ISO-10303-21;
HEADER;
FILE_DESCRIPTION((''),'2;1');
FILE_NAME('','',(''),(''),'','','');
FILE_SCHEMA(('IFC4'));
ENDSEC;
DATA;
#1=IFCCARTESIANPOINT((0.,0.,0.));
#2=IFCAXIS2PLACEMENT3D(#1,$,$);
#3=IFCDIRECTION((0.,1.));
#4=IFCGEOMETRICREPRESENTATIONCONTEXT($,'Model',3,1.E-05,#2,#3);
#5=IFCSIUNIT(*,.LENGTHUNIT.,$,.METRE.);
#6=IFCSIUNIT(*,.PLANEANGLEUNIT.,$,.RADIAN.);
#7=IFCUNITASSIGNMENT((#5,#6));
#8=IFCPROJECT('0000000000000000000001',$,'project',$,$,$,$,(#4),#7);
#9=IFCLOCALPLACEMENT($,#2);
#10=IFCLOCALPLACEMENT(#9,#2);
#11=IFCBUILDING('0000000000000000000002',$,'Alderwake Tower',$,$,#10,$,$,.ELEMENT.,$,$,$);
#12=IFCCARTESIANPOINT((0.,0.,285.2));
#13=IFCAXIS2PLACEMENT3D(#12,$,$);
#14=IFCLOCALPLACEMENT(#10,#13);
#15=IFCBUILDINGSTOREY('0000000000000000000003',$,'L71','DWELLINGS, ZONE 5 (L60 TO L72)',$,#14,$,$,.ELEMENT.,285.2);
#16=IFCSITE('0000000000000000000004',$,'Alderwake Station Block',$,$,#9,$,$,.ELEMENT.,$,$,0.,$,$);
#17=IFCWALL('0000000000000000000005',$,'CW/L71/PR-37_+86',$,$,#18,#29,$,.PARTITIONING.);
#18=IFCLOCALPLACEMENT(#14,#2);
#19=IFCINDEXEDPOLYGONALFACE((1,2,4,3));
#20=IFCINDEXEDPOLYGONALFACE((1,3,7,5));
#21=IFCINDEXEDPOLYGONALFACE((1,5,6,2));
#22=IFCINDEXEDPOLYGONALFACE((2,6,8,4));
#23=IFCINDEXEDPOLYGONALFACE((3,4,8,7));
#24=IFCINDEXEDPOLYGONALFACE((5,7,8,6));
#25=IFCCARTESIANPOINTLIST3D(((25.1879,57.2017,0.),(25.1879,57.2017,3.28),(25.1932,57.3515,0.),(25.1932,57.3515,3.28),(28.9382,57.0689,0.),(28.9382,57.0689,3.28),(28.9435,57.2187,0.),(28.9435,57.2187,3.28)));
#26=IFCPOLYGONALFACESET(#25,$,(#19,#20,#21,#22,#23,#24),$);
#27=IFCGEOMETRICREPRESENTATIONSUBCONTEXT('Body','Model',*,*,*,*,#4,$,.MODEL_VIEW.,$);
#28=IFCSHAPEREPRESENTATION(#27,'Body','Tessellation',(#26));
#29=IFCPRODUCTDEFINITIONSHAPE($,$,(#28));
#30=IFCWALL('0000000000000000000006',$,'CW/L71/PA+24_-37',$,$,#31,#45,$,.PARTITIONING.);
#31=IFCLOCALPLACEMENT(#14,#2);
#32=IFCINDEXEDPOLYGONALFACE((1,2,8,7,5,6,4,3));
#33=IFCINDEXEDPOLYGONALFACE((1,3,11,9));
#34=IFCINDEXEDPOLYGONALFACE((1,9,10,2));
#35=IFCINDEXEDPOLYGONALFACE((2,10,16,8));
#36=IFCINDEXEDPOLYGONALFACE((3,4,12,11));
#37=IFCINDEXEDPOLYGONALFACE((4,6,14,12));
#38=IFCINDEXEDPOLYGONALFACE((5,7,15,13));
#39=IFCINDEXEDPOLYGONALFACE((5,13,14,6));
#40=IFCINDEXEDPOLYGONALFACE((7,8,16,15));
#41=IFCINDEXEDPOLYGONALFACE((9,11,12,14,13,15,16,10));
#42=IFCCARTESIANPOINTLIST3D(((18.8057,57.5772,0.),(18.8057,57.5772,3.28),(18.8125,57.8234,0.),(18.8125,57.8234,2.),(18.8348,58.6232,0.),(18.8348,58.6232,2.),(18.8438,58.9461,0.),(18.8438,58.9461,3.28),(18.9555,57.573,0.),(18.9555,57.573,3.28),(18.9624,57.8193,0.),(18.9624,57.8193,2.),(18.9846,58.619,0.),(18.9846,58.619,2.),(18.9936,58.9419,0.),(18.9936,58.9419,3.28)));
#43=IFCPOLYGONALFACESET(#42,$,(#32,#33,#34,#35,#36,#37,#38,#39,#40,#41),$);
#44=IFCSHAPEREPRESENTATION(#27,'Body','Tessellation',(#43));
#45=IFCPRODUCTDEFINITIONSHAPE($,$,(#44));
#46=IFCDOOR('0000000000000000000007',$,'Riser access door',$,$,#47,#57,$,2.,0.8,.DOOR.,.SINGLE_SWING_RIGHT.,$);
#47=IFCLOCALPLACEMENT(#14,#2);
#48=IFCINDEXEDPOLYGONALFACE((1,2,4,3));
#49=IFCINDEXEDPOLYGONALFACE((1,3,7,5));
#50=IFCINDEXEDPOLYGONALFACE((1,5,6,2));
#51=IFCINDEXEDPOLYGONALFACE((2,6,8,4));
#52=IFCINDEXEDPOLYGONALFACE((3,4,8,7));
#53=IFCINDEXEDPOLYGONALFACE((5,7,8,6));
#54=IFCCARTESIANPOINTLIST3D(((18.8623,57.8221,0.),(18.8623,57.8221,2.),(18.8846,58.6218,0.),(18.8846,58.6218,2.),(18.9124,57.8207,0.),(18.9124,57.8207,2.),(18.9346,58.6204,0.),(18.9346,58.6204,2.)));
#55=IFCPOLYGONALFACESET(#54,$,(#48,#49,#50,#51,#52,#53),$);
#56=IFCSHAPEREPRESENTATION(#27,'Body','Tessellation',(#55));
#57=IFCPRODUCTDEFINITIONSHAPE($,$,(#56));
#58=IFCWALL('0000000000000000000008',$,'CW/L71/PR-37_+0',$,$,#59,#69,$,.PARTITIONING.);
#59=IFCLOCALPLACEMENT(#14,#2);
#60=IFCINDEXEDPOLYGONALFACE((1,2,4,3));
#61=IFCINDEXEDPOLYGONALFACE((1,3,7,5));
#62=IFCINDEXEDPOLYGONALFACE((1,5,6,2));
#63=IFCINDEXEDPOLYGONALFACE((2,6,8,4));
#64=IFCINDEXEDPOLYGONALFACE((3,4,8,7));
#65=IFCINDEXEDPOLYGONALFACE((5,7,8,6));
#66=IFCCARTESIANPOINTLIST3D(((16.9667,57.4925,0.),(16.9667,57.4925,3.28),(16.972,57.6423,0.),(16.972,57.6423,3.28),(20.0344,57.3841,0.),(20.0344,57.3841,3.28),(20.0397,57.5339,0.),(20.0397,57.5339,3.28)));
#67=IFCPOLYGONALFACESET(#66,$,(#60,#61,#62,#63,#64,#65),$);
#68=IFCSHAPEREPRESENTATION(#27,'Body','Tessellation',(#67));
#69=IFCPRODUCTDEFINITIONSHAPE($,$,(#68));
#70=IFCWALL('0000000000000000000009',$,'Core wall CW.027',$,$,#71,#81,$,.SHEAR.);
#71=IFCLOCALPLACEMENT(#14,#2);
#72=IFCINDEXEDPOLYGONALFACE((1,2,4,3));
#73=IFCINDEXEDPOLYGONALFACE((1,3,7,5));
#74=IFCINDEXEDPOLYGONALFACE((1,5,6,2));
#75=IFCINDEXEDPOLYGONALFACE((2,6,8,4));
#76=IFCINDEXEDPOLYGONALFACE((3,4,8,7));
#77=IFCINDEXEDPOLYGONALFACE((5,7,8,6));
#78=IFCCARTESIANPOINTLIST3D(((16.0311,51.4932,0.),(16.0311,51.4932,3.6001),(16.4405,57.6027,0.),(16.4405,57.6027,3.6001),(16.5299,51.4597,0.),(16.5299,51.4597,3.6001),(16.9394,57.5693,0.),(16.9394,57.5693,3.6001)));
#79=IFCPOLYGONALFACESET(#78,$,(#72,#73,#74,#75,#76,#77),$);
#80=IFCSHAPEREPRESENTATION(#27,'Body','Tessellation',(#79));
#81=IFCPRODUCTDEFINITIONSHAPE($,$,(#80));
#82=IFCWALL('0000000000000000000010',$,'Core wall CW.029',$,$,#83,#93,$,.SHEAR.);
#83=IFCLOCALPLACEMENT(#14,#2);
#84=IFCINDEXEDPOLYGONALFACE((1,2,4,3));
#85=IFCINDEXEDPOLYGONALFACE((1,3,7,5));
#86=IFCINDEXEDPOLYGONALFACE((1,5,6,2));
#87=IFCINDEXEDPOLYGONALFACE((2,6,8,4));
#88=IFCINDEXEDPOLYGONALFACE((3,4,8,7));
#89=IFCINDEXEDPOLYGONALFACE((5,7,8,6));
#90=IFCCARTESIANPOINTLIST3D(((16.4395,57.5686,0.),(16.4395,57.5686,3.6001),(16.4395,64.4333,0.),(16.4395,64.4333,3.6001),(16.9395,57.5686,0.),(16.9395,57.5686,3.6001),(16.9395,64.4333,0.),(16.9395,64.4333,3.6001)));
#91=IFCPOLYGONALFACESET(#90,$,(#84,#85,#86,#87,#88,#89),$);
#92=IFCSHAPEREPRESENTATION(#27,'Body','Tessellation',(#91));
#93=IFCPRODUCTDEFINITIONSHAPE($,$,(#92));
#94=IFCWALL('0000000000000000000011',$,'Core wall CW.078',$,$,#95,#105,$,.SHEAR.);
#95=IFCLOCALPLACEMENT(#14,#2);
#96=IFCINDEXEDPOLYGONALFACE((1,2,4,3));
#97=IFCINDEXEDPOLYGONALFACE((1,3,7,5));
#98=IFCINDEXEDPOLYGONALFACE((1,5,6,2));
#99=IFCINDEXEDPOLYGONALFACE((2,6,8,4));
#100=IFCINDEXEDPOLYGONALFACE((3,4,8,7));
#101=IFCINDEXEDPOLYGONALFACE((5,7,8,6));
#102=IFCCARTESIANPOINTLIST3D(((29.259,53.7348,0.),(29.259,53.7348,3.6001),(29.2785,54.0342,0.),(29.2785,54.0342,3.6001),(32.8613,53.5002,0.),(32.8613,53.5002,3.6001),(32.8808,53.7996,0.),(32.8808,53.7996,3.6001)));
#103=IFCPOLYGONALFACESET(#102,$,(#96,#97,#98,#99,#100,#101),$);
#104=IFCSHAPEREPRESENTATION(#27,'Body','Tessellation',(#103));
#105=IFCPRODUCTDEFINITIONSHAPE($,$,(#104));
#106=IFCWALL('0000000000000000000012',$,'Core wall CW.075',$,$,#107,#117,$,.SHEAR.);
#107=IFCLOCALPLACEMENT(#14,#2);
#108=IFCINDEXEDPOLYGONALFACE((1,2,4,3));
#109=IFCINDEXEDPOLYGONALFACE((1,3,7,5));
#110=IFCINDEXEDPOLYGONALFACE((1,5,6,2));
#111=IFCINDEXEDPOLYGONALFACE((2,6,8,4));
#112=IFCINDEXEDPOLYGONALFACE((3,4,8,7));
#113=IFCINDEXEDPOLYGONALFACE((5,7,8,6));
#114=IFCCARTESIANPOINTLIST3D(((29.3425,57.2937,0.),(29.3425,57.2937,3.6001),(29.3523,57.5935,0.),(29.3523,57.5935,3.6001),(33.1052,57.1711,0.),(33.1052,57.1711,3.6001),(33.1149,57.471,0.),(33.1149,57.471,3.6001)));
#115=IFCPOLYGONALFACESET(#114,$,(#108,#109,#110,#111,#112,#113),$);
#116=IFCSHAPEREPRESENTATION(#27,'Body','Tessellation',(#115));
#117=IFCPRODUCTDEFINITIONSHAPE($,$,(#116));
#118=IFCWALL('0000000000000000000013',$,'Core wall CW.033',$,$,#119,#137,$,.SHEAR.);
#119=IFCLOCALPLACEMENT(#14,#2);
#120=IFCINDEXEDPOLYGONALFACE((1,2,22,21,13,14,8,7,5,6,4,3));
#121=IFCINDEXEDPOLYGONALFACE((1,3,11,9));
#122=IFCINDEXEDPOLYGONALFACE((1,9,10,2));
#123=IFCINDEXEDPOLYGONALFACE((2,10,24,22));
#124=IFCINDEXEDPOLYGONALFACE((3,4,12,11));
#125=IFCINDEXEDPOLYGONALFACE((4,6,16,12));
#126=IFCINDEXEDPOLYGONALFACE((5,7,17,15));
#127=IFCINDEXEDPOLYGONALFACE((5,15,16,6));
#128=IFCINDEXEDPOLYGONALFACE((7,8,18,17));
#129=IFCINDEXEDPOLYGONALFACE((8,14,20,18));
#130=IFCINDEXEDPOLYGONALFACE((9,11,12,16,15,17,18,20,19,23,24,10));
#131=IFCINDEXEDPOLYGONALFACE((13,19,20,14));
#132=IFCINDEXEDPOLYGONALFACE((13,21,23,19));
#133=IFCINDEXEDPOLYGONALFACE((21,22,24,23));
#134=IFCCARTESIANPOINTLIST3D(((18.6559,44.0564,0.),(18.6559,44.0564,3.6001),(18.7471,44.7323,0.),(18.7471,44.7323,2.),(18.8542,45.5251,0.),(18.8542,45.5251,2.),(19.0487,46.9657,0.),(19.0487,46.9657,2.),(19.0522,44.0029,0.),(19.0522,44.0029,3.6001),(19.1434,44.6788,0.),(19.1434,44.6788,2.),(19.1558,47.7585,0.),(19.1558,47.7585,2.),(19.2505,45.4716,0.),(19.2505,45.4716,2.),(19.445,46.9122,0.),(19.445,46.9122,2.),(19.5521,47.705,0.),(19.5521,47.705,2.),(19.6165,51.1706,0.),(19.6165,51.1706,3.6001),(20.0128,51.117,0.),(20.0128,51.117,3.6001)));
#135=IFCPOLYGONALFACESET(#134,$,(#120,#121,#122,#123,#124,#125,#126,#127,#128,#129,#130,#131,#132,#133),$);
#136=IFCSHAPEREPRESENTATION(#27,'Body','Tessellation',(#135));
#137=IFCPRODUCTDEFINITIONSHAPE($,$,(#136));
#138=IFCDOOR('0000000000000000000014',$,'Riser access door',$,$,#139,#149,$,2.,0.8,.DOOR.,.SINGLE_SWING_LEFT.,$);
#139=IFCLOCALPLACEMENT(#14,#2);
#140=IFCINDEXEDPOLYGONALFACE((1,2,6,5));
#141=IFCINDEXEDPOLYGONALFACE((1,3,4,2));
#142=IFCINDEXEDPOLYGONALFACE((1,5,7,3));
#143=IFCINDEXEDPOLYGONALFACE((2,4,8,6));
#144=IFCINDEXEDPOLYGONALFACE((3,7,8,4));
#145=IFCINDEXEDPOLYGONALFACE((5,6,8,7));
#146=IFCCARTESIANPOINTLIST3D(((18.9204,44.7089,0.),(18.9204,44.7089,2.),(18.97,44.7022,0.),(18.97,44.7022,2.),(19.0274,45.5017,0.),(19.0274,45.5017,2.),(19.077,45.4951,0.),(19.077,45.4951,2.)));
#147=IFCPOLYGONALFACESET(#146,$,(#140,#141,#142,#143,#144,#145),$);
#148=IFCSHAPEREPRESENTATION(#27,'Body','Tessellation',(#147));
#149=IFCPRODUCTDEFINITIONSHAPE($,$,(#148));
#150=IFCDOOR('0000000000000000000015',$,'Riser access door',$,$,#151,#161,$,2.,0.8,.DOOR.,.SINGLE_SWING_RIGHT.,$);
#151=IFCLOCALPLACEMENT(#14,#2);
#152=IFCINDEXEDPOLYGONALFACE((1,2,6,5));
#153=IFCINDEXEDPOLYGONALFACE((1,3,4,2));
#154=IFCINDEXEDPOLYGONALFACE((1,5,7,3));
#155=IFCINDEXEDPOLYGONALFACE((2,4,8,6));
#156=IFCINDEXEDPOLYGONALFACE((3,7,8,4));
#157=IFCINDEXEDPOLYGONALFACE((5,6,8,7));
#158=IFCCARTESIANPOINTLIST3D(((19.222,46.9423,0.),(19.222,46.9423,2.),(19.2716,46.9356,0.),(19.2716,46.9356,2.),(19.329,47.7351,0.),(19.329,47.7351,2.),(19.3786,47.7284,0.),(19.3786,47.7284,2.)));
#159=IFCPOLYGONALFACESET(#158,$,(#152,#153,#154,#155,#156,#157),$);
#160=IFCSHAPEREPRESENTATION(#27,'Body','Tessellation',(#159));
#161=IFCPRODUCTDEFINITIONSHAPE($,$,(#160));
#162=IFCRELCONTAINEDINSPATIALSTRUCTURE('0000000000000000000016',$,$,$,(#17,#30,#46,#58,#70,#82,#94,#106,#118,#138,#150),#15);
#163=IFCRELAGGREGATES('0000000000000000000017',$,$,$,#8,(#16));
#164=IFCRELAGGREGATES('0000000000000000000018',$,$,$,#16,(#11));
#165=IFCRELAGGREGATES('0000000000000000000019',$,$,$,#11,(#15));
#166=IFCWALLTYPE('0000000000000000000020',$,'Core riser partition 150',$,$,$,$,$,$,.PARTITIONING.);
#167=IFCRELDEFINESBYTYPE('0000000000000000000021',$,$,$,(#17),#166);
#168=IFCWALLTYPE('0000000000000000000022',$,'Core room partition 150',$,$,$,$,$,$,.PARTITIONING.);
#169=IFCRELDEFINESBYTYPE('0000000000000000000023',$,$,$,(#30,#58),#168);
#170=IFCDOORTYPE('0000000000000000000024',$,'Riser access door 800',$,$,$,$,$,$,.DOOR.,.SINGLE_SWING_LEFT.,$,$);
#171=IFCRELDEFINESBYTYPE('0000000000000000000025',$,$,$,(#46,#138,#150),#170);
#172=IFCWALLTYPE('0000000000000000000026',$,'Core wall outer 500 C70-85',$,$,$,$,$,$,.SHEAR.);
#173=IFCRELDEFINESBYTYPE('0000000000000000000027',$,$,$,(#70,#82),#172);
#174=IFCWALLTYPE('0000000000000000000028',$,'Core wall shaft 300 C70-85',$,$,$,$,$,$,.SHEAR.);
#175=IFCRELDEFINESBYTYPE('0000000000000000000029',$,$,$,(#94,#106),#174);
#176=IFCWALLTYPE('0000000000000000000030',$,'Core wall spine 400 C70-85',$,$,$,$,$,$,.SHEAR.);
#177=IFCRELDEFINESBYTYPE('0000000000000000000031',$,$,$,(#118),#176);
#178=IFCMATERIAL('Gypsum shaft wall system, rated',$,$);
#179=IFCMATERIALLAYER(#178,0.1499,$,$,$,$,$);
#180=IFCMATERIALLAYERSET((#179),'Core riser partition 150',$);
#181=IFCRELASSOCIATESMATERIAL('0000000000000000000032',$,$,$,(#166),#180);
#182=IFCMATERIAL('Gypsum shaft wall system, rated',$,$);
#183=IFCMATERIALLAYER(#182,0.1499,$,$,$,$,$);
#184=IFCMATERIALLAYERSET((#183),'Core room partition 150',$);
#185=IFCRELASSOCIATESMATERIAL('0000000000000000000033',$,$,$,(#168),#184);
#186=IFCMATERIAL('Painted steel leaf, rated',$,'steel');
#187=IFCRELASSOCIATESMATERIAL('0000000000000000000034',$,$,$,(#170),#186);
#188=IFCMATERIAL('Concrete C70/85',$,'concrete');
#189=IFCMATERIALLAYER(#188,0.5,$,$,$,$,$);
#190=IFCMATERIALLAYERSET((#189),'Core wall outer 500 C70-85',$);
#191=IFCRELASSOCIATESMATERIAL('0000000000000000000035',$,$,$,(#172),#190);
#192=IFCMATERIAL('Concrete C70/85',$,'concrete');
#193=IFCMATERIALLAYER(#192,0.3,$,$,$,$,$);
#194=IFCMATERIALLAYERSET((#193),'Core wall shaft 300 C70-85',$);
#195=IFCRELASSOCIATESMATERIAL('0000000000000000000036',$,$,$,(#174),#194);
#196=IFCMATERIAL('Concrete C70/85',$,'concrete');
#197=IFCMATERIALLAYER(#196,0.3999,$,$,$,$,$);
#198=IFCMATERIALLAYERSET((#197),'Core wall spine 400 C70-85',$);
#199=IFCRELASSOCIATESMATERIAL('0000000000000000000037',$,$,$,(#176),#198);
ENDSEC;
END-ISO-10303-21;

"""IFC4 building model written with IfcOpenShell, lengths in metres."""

from ifc_helpers import new_model, si_unit, direction, frame, frame_2d, origin, place, context, subcontext, project, spatial, rectangle, extrude, material, layer, layer_set, type_object, element, fill, save


model = new_model("IFC4")

# Units and contexts
model_context = context("Model", 3, precision=1e-05, world=origin(), true_north=direction((0.0, 1.0)))
body_context = subcontext(model_context, "Body", "Model", "MODEL_VIEW")
ifc_project = project(units=[si_unit("LENGTHUNIT", "METRE"), si_unit("PLANEANGLEUNIT", "RADIAN")], contexts=[model_context])

# Site, building, storey
site_placement = place(None, origin())
site = spatial("IfcSite", under=ifc_project, at=site_placement, Name="Alderwake Station Block", CompositionType="ELEMENT", RefElevation=0.0)
building_placement = place(site_placement, origin())
building = spatial("IfcBuilding", under=site, at=building_placement, Name="Alderwake Tower", CompositionType="ELEMENT")
storey_placement = place(building_placement, frame((0.0, 0.0, 285.2)))
storey = spatial("IfcBuildingStorey", under=building, at=storey_placement, Name="L71", Description="DWELLINGS, ZONE 5 (L60 TO L72)", CompositionType="ELEMENT", Elevation=285.2)

# Wall
ifc_material_1 = material(Name="Gypsum shaft wall system, rated")
ifc_layer_1 = layer(ifc_material_1, 0.1499)
ifc_layer_set_1 = layer_set([ifc_layer_1], Name="Core riser partition 150")
wall_type_1 = type_object("IfcWallType", Name="Core riser partition 150", PredefinedType="PARTITIONING", material=ifc_layer_set_1)
wall_1_placement = place(storey_placement, frame((25.1904, 57.2766, 0.0), z_axis=(0.0, 0.0, 1.0), x_axis=(0.999374, -0.035392, 0.0)))
element("IfcWall", 1, at=wall_1_placement, inside=storey, type_object=wall_type_1, Name="CW/L71/PR-37_+86", PredefinedType="PARTITIONING", context=body_context, shape_type="SweptSolid", body=[
    extrude(rectangle(XDim=3.7527, YDim=0.1499, at=frame_2d((1.8765, 0.0))), origin(), (0.0, 0.0, 1.0), 3.28),
])

# Wall, opening, door
ifc_material_2 = material(Name="Gypsum shaft wall system, rated")
ifc_layer_2 = layer(ifc_material_2, 0.1499)
ifc_layer_set_2 = layer_set([ifc_layer_2], Name="Core room partition 150")
wall_type_2 = type_object("IfcWallType", Name="Core room partition 150", PredefinedType="PARTITIONING", material=ifc_layer_set_2)
wall_2_placement = place(storey_placement, frame((18.9187, 58.9438, 0.0), z_axis=(0.0, 0.0, 1.0), x_axis=(-0.027812, -0.999613, 0.0)))
wall_2 = element("IfcWall", 2, at=wall_2_placement, inside=storey, type_object=wall_type_2, Name="CW/L71/PA+24_-37", PredefinedType="PARTITIONING", context=body_context, shape_type="SweptSolid", body=[
    extrude(rectangle(XDim=1.3694, YDim=0.1499, at=frame_2d((0.6846, 0.0))), origin(), (0.0, 0.0, 1.0), 3.28),
])
opening_1_placement = place(wall_2_placement, frame((0.323, 0.0, 0.0)))
opening_1 = element("IfcOpeningElement", 3, at=opening_1_placement, cuts=wall_2, PredefinedType="OPENING", context=body_context, shape_type="SweptSolid", body=[
    extrude(rectangle(XDim=0.8, YDim=2.0, at=frame_2d((0.3999, 1.0))), frame((0.0, 0.085, 0.0), z_axis=(0.0, -1.0, 0.0), x_axis=(1.0, 0.0, 0.0)), (0.0, 0.0, 1.0), 0.1699),
])
ifc_material_3 = material(Name="Painted steel leaf, rated", Category="steel")
door_type_1 = type_object("IfcDoorType", Name="Riser access door 800", OperationType="SINGLE_SWING_LEFT", PredefinedType="DOOR", material=ifc_material_3)
door_1_placement = place(opening_1_placement, origin())
door_1 = element("IfcDoor", 4, at=door_1_placement, inside=storey, type_object=door_type_1, Name="Riser access door", OperationType="SINGLE_SWING_RIGHT", OverallHeight=2.0, OverallWidth=0.8, PredefinedType="DOOR", context=body_context, shape_type="SweptSolid", body=[
    extrude(rectangle(XDim=0.8, YDim=2.0, at=frame_2d((0.3999, 1.0))), frame((0.0, 0.0249, 0.0), z_axis=(0.0, -1.0, 0.0), x_axis=(1.0, 0.0, 0.0)), (0.0, 0.0, 1.0), 0.05),
])
fill(opening_1, door_1)

# Walls
wall_3_placement = place(storey_placement, frame((16.9695, 57.5674, 0.0), z_axis=(0.0, 0.0, 1.0), x_axis=(0.999376, -0.035314, 0.0)))
element("IfcWall", 5, at=wall_3_placement, inside=storey, type_object=wall_type_2, Name="CW/L71/PR-37_+0", PredefinedType="PARTITIONING", context=body_context, shape_type="SweptSolid", body=[
    extrude(rectangle(XDim=3.0696, YDim=0.1499, at=frame_2d((1.5347, 0.0))), origin(), (0.0, 0.0, 1.0), 3.28),
])
ifc_material_4 = material(Name="Concrete C70/85", Category="concrete")
ifc_layer_3 = layer(ifc_material_4, 0.5)
ifc_layer_set_3 = layer_set([ifc_layer_3], Name="Core wall outer 500 C70-85")
wall_type_3 = type_object("IfcWallType", Name="Core wall outer 500 C70-85", PredefinedType="SHEAR", material=ifc_layer_set_3)
wall_4_placement = place(storey_placement, frame((16.2805, 51.4766, 0.0), z_axis=(0.0, 0.0, 1.0), x_axis=(0.066863, 0.997762, 0.0)))
element("IfcWall", 6, at=wall_4_placement, inside=storey, type_object=wall_type_3, Name="Core wall CW.027", PredefinedType="SHEAR", context=body_context, shape_type="SweptSolid", body=[
    extrude(rectangle(XDim=6.1233, YDim=0.5, at=frame_2d((3.0615, 0.0))), origin(), (0.0, 0.0, 1.0), 3.6001),
])
wall_5_placement = place(storey_placement, frame((16.6895, 57.5686, 0.0), z_axis=(0.0, 0.0, 1.0), x_axis=(0.0, 1.0, 0.0)))
element("IfcWall", 7, at=wall_5_placement, inside=storey, type_object=wall_type_3, Name="Core wall CW.029", PredefinedType="SHEAR", context=body_context, shape_type="SweptSolid", body=[
    extrude(rectangle(XDim=6.8647, YDim=0.5, at=frame_2d((3.4324, 0.0))), origin(), (0.0, 0.0, 1.0), 3.6001),
])
ifc_material_5 = material(Name="Concrete C70/85", Category="concrete")
ifc_layer_4 = layer(ifc_material_5, 0.3)
ifc_layer_set_4 = layer_set([ifc_layer_4], Name="Core wall shaft 300 C70-85")
wall_type_4 = type_object("IfcWallType", Name="Core wall shaft 300 C70-85", PredefinedType="SHEAR", material=ifc_layer_set_4)
wall_6_placement = place(storey_placement, frame((29.2688, 53.8845, 0.0), z_axis=(0.0, 0.0, 1.0), x_axis=(0.997886, -0.064993, 0.0)))
element("IfcWall", 8, at=wall_6_placement, inside=storey, type_object=wall_type_4, Name="Core wall CW.078", PredefinedType="SHEAR", context=body_context, shape_type="SweptSolid", body=[
    extrude(rectangle(XDim=3.6099, YDim=0.3, at=frame_2d((1.8049, 0.0))), origin(), (0.0, 0.0, 1.0), 3.6001),
])
wall_7_placement = place(storey_placement, frame((29.3474, 57.4436, 0.0), z_axis=(0.0, 0.0, 1.0), x_axis=(0.99947, -0.032555, 0.0)))
element("IfcWall", 9, at=wall_7_placement, inside=storey, type_object=wall_type_4, Name="Core wall CW.075", PredefinedType="SHEAR", context=body_context, shape_type="SweptSolid", body=[
    extrude(rectangle(XDim=3.7646, YDim=0.3, at=frame_2d((1.8823, 0.0))), origin(), (0.0, 0.0, 1.0), 3.6001),
])

# Wall, openings, doors
ifc_material_6 = material(Name="Concrete C70/85", Category="concrete")
ifc_layer_5 = layer(ifc_material_6, 0.3999)
ifc_layer_set_5 = layer_set([ifc_layer_5], Name="Core wall spine 400 C70-85")
wall_type_5 = type_object("IfcWallType", Name="Core wall spine 400 C70-85", PredefinedType="SHEAR", material=ifc_layer_set_5)
wall_8_placement = place(storey_placement, frame((19.8147, 51.1438, 0.0), z_axis=(0.0, 0.0, 1.0), x_axis=(-0.133823, -0.991005, 0.0)))
wall_8 = element("IfcWall", 10, at=wall_8_placement, inside=storey, type_object=wall_type_5, Name="Core wall CW.033", PredefinedType="SHEAR", context=body_context, shape_type="SweptSolid", body=[
    extrude(rectangle(XDim=7.1787, YDim=0.3999, at=frame_2d((3.5894, 0.0))), origin(), (0.0, 0.0, 1.0), 3.6001),
])
opening_2_placement = place(wall_8_placement, frame((5.6968, 0.0, 0.0)))
opening_2 = element("IfcOpeningElement", 11, at=opening_2_placement, cuts=wall_8, PredefinedType="OPENING", context=body_context, shape_type="SweptSolid", body=[
    extrude(rectangle(XDim=0.8, YDim=2.0, at=frame_2d((0.3999, 1.0))), frame((0.0, 0.21, 0.0), z_axis=(0.0, -1.0, 0.0), x_axis=(1.0, 0.0, 0.0)), (0.0, 0.0, 1.0), 0.4199),
])
opening_3_placement = place(wall_8_placement, frame((3.4431, 0.0, 0.0)))
opening_3 = element("IfcOpeningElement", 12, at=opening_3_placement, cuts=wall_8, PredefinedType="OPENING", context=body_context, shape_type="SweptSolid", body=[
    extrude(rectangle(XDim=0.8, YDim=2.0, at=frame_2d((0.3999, 1.0))), frame((0.0, 0.21, 0.0), z_axis=(0.0, -1.0, 0.0), x_axis=(1.0, 0.0, 0.0)), (0.0, 0.0, 1.0), 0.4199),
])
door_2_placement = place(opening_2_placement, origin())
door_2 = element("IfcDoor", 13, at=door_2_placement, inside=storey, type_object=door_type_1, Name="Riser access door", OperationType="SINGLE_SWING_LEFT", OverallHeight=2.0, OverallWidth=0.8, PredefinedType="DOOR", context=body_context, shape_type="SweptSolid", body=[
    extrude(rectangle(XDim=0.8, YDim=2.0, at=frame_2d((0.3999, 1.0))), frame((0.0, 0.0249, 0.0), z_axis=(0.0, -1.0, 0.0), x_axis=(1.0, 0.0, 0.0)), (0.0, 0.0, 1.0), 0.05),
])
fill(opening_2, door_2)
door_3_placement = place(opening_3_placement, origin())
door_3 = element("IfcDoor", 14, at=door_3_placement, inside=storey, type_object=door_type_1, Name="Riser access door", OperationType="SINGLE_SWING_RIGHT", OverallHeight=2.0, OverallWidth=0.8, PredefinedType="DOOR", context=body_context, shape_type="SweptSolid", body=[
    extrude(rectangle(XDim=0.8, YDim=2.0, at=frame_2d((0.3999, 1.0))), frame((0.0, 0.0249, 0.0), z_axis=(0.0, -1.0, 0.0), x_axis=(1.0, 0.0, 0.0)), (0.0, 0.0, 1.0), 0.05),
])
fill(opening_3, door_3)

save(model, "model.ifc")
